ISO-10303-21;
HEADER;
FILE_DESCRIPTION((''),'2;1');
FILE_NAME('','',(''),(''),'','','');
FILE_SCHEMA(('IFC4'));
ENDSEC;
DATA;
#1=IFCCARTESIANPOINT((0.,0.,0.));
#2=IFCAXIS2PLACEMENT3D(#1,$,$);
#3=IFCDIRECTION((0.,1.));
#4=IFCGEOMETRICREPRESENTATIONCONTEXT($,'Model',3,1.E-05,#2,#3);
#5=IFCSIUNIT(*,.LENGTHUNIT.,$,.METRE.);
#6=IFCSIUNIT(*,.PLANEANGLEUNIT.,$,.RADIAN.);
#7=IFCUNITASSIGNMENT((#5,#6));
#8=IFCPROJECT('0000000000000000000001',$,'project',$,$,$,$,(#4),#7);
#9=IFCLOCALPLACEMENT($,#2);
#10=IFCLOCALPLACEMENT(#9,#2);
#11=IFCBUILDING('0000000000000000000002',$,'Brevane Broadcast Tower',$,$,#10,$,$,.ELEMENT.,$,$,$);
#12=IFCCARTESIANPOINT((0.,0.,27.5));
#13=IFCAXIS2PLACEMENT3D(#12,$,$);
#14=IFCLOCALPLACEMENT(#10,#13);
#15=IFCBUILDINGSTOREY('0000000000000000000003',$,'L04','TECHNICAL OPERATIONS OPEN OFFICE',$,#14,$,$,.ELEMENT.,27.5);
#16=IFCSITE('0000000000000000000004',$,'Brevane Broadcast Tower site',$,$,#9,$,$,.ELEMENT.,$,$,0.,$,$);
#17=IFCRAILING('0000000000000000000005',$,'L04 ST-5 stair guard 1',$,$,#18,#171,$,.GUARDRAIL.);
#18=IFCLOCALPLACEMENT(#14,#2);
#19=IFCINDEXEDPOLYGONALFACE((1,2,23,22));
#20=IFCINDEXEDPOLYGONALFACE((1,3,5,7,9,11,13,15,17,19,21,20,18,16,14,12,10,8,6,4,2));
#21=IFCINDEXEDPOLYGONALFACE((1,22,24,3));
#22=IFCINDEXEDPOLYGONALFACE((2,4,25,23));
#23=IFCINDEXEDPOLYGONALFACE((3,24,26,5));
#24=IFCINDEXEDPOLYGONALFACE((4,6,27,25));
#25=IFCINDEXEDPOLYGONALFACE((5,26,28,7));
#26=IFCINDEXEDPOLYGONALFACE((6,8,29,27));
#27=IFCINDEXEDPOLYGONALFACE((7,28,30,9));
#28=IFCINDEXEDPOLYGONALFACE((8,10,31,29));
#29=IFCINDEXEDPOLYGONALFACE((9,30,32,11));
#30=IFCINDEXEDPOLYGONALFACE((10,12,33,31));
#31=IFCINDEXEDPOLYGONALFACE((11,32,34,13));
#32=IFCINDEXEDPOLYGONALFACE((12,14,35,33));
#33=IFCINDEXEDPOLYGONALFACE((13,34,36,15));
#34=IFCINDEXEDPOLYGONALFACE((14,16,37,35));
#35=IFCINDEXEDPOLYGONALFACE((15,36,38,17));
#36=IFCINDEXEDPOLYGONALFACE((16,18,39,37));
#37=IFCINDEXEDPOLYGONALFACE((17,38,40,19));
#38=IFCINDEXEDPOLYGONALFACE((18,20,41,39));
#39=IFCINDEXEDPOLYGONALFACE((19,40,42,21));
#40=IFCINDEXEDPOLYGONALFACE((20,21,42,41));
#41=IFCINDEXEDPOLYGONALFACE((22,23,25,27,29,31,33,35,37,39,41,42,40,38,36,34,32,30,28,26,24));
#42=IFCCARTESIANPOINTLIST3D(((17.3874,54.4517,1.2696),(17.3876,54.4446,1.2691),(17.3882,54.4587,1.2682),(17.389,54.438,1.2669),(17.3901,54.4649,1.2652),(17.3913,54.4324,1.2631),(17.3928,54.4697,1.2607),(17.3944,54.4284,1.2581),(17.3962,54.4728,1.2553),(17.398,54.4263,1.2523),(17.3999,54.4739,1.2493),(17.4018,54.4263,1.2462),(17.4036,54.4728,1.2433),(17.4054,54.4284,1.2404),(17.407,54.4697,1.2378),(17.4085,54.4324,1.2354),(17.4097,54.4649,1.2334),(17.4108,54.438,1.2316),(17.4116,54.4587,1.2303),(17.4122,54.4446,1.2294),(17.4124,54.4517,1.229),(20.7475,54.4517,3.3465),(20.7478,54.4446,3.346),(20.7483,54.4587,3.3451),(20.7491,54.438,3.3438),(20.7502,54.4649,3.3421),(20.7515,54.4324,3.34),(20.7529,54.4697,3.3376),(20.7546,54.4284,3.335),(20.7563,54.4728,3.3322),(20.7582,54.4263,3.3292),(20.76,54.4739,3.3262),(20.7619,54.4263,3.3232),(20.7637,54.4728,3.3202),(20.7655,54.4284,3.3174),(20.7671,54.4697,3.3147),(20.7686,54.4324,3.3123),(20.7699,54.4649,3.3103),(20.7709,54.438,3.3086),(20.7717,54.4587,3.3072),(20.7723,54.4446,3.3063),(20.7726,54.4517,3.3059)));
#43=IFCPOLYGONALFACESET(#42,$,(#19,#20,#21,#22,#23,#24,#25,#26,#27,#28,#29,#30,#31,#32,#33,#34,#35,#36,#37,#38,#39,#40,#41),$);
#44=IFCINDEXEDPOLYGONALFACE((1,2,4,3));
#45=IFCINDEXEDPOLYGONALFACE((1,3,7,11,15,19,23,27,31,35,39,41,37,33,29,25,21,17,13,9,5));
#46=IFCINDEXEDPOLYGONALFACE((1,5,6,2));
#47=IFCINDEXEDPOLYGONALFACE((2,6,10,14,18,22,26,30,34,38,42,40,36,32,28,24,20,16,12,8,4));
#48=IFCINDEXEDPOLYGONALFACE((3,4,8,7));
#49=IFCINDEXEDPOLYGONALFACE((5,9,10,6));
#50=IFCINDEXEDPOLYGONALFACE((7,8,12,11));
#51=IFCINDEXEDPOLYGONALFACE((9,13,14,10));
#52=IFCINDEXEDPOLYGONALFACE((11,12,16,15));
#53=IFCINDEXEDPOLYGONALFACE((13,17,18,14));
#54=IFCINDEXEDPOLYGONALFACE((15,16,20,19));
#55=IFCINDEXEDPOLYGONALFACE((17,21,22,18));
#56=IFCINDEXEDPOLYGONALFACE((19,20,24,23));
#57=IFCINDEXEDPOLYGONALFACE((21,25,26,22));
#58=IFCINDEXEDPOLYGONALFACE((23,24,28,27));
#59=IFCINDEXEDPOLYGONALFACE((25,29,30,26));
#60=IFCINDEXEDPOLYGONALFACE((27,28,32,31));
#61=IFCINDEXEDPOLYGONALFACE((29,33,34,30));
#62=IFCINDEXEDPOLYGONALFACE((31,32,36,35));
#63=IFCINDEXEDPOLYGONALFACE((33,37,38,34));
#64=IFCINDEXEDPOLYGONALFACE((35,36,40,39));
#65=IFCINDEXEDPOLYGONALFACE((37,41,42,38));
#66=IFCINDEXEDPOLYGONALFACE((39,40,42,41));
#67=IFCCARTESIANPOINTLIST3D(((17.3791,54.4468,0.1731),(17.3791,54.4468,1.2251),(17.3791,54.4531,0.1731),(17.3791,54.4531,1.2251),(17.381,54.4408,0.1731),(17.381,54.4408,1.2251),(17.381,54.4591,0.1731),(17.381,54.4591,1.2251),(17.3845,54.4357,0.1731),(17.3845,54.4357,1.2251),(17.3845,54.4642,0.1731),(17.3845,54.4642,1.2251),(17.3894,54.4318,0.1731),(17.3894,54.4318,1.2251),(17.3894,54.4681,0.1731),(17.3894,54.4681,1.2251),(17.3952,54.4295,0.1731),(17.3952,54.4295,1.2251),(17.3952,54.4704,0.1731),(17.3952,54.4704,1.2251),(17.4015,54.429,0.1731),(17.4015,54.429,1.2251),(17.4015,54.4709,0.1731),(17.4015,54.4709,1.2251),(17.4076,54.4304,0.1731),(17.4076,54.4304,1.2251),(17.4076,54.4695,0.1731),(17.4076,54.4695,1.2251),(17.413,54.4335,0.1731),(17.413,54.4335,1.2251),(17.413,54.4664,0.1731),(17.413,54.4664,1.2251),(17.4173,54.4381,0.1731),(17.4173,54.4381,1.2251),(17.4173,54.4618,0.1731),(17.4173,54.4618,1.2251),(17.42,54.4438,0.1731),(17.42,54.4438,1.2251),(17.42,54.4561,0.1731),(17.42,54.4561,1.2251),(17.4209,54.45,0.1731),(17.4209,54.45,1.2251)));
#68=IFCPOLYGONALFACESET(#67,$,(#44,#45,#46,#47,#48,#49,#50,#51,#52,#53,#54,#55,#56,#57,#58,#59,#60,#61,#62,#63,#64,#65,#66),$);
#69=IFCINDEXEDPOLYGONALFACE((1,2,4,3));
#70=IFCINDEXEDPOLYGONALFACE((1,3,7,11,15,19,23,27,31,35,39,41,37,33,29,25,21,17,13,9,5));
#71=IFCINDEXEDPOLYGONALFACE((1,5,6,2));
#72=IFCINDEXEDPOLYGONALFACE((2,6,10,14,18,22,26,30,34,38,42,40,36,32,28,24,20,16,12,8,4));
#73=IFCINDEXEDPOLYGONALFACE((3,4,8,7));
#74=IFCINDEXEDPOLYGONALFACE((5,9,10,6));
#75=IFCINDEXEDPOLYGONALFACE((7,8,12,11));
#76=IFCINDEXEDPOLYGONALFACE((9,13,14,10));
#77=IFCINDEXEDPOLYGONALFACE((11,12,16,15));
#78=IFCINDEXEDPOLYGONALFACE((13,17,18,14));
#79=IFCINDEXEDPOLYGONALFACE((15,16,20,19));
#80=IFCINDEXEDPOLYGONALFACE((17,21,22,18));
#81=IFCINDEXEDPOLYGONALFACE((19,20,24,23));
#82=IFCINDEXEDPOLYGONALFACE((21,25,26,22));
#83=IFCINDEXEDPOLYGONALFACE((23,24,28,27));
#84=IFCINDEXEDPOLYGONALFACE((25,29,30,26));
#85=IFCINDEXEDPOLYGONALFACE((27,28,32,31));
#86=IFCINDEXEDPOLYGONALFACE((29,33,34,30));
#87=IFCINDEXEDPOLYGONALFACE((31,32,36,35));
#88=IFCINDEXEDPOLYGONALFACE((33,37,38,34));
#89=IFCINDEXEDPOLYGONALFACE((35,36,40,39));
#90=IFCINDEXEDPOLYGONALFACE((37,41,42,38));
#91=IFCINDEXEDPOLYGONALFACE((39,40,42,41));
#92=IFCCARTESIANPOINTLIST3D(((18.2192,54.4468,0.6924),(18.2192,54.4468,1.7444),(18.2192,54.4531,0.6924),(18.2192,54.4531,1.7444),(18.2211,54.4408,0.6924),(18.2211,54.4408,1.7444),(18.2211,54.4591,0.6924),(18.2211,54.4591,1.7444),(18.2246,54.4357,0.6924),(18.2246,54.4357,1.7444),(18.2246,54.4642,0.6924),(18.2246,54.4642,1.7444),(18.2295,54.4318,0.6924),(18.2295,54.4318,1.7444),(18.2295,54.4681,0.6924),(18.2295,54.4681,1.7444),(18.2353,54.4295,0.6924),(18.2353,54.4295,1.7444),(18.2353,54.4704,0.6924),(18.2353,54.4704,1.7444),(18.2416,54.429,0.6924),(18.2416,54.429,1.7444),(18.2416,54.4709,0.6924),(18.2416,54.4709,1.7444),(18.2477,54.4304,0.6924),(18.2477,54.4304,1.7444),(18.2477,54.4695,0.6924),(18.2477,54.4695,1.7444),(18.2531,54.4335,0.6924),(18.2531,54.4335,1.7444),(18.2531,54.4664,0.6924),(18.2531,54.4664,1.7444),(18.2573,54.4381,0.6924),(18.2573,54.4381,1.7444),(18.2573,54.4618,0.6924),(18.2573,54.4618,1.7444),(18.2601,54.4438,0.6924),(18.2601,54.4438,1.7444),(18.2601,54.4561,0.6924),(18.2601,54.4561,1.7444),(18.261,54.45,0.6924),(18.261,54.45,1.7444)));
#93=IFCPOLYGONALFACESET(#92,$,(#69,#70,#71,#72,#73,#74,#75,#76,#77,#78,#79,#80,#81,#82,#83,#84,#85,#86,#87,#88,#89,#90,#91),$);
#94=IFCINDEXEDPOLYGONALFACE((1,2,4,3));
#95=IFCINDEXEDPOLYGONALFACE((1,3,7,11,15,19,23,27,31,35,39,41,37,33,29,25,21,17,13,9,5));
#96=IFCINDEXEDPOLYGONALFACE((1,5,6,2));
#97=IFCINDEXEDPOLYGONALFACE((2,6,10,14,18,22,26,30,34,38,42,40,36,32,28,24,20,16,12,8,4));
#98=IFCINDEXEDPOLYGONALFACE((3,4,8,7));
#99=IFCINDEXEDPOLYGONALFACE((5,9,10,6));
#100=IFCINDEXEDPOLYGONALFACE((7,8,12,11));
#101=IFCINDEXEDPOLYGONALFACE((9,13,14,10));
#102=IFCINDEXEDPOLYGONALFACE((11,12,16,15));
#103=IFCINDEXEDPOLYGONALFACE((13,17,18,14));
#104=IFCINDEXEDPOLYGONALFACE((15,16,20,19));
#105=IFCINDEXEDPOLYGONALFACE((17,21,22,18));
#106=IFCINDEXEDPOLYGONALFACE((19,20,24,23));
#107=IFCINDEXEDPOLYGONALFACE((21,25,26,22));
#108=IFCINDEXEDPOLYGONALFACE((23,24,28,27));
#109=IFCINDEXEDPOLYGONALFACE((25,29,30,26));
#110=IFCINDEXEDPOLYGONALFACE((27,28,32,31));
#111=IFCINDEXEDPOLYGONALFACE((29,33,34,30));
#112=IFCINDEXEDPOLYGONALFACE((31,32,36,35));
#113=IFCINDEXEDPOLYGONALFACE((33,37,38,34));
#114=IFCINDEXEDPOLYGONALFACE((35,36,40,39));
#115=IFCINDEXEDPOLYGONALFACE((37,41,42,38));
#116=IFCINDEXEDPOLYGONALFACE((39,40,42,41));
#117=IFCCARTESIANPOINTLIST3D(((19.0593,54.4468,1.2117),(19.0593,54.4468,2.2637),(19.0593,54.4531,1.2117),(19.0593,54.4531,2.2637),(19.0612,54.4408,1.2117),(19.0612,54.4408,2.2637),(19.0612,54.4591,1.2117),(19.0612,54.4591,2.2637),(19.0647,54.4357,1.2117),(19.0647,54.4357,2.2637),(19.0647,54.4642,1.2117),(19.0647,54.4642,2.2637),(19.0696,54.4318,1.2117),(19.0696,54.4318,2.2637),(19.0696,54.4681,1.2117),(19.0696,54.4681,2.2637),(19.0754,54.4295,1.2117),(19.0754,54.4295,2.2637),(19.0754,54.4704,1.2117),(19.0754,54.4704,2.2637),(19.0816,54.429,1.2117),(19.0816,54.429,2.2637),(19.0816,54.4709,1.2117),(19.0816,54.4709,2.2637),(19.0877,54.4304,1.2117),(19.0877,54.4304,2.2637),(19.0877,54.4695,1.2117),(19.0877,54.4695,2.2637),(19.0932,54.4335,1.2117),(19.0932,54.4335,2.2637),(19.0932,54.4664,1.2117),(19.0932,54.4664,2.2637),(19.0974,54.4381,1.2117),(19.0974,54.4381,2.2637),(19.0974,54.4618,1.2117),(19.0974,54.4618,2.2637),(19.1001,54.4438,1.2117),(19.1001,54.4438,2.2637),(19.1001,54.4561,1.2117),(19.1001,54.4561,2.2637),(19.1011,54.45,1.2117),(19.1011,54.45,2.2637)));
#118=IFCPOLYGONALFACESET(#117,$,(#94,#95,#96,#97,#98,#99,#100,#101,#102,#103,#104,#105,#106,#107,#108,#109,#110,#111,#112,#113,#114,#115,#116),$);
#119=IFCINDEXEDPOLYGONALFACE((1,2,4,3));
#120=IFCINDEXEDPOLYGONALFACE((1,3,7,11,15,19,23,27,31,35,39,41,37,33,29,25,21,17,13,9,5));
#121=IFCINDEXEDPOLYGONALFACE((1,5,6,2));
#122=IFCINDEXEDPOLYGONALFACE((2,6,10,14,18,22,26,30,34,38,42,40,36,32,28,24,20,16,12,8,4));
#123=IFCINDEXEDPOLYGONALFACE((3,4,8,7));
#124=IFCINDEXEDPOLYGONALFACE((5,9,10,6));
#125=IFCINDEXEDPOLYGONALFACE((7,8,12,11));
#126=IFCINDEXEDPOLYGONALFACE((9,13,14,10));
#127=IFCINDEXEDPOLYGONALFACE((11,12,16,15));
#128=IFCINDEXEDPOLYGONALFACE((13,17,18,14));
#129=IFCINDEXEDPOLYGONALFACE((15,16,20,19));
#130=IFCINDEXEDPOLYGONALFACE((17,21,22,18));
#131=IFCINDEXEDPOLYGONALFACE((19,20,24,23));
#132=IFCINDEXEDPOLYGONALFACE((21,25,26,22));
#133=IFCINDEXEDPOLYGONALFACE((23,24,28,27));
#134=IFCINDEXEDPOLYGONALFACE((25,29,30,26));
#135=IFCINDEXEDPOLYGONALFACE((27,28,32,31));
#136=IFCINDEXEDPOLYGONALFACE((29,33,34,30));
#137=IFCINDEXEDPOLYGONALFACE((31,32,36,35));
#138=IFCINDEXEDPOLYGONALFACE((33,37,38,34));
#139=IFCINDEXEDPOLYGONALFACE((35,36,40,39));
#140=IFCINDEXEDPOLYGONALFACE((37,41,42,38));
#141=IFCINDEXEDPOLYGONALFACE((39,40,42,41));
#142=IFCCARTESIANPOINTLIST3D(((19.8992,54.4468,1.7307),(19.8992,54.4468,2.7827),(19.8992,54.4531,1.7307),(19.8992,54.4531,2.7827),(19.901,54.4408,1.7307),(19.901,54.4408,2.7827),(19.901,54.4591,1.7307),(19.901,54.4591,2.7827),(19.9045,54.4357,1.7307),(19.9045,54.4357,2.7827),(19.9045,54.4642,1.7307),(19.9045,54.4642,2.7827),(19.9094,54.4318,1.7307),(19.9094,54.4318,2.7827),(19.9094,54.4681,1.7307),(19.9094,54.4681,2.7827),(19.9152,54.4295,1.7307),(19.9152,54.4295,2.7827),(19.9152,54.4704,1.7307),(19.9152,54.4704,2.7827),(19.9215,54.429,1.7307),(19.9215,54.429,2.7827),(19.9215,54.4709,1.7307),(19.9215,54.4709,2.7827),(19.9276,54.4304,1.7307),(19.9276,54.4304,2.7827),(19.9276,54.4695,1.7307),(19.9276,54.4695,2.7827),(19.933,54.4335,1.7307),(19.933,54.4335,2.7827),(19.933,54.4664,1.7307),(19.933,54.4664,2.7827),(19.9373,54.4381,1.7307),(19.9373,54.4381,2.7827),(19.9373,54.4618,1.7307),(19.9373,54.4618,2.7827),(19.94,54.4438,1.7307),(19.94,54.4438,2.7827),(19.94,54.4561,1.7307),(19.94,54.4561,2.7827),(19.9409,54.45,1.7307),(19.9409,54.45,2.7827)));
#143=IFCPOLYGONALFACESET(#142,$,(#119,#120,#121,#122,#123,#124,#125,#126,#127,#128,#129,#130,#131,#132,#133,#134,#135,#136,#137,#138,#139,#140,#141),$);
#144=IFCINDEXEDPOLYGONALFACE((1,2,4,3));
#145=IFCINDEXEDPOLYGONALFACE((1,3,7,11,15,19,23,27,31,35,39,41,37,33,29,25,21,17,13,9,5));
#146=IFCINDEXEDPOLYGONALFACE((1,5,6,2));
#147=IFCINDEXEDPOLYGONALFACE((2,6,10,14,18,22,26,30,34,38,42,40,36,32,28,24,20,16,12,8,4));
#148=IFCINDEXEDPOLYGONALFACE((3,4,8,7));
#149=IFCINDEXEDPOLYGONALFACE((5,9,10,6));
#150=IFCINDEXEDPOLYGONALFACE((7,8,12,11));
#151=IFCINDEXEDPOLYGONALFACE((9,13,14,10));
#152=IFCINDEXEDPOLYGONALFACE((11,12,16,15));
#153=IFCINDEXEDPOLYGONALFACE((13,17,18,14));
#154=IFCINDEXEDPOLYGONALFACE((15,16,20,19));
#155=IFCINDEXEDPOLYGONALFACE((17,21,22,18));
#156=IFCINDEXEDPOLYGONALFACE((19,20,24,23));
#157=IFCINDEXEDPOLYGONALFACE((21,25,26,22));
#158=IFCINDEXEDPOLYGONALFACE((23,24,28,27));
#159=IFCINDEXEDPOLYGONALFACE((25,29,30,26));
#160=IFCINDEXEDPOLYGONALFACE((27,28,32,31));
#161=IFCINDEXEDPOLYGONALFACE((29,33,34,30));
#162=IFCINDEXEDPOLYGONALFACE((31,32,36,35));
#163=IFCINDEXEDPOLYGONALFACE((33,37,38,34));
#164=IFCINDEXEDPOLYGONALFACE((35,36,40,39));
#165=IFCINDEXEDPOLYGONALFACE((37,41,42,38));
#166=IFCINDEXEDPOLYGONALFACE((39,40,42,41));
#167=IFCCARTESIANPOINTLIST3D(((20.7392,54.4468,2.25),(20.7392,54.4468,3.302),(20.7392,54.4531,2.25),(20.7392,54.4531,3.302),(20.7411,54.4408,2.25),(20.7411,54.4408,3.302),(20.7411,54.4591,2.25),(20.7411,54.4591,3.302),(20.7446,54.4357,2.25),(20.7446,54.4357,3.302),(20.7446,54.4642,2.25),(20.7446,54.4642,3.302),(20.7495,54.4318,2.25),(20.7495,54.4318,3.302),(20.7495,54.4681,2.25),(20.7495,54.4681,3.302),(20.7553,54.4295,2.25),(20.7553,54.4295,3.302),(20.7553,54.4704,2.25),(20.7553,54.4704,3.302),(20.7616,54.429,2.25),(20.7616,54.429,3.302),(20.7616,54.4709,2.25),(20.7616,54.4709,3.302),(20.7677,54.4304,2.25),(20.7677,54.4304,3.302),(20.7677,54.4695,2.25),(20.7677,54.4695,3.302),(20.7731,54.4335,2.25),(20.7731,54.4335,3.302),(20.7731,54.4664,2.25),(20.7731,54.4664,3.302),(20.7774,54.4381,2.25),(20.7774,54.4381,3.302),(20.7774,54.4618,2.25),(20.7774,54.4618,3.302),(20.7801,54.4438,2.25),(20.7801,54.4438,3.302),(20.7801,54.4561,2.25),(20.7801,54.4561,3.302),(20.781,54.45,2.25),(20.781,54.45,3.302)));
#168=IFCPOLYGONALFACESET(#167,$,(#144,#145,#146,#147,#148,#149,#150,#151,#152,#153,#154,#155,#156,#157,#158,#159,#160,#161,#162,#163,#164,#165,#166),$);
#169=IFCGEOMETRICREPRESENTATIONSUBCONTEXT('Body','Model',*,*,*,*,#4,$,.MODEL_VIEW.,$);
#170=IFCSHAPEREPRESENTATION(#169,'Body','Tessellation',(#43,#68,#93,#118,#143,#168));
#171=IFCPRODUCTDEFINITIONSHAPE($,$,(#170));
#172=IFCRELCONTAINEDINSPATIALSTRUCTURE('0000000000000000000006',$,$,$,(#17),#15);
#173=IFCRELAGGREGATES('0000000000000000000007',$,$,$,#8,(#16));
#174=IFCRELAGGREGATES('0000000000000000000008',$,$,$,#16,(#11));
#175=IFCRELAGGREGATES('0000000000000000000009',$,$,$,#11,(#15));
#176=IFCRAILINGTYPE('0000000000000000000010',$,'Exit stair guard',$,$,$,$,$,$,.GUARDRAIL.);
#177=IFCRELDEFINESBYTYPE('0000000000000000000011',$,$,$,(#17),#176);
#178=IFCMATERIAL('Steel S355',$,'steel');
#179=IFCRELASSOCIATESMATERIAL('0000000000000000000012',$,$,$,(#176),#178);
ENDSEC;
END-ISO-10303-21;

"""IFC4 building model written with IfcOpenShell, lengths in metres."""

from ifc_helpers import new_model, si_unit, direction, frame, origin, origin_2d, place, context, subcontext, project, spatial, circle, extrude, material, type_object, element, save


model = new_model("IFC4")

# Units and contexts
model_context = context("Model", 3, precision=1e-05, world=origin(), true_north=direction((0.0, 1.0)))
body_context = subcontext(model_context, "Body", "Model", "MODEL_VIEW")
ifc_project = project(units=[si_unit("LENGTHUNIT", "METRE"), si_unit("PLANEANGLEUNIT", "RADIAN")], contexts=[model_context])

# Site, building, storey
site_placement = place(None, origin())
site = spatial("IfcSite", under=ifc_project, at=site_placement, Name="Brevane Broadcast Tower site", CompositionType="ELEMENT", RefElevation=0.0)
building_placement = place(site_placement, origin())
building = spatial("IfcBuilding", under=site, at=building_placement, Name="Brevane Broadcast Tower", CompositionType="ELEMENT")
storey_placement = place(building_placement, frame((0.0, 0.0, 27.5)))
storey = spatial("IfcBuildingStorey", under=building, at=storey_placement, Name="L04", Description="TECHNICAL OPERATIONS OPEN OFFICE", CompositionType="ELEMENT", Elevation=27.5)

# Railing
ifc_material_1 = material(Name="Steel S355", Category="steel")
railing_type_1 = type_object("IfcRailingType", Name="Exit stair guard", PredefinedType="GUARDRAIL", material=ifc_material_1)
railing_1_placement = place(storey_placement, frame((17.3999, 54.45, 0.1731)))
element("IfcRailing", 1, at=railing_1_placement, inside=storey, type_object=railing_type_1, Name="L04 ST-5 stair guard 1", PredefinedType="GUARDRAIL", context=body_context, shape_type="SweptSolid", body=[
    extrude(circle(Radius=0.0239, at=origin_2d()), frame((0.0, 0.0, 1.0762), z_axis=(0.850623, 0.0, 0.525776), x_axis=(0.0, 1.0, 0.0)), (0.0, 0.0, 1.0), 3.9502),
    extrude(circle(Radius=0.021, at=origin_2d()), origin(), (0.0, 0.0, 1.0), 1.052),
    extrude(circle(Radius=0.021, at=origin_2d()), frame((0.8401, 0.0, 0.5193)), (0.0, 0.0, 1.0), 1.052),
    extrude(circle(Radius=0.021, at=origin_2d()), frame((1.6802, 0.0, 1.0386)), (0.0, 0.0, 1.0), 1.052),
    extrude(circle(Radius=0.021, at=origin_2d()), frame((2.52, 0.0, 1.5576)), (0.0, 0.0, 1.0), 1.052),
    extrude(circle(Radius=0.021, at=origin_2d()), frame((3.3601, 0.0, 2.0769)), (0.0, 0.0, 1.0), 1.052),
])

save(model, "model.ifc")
